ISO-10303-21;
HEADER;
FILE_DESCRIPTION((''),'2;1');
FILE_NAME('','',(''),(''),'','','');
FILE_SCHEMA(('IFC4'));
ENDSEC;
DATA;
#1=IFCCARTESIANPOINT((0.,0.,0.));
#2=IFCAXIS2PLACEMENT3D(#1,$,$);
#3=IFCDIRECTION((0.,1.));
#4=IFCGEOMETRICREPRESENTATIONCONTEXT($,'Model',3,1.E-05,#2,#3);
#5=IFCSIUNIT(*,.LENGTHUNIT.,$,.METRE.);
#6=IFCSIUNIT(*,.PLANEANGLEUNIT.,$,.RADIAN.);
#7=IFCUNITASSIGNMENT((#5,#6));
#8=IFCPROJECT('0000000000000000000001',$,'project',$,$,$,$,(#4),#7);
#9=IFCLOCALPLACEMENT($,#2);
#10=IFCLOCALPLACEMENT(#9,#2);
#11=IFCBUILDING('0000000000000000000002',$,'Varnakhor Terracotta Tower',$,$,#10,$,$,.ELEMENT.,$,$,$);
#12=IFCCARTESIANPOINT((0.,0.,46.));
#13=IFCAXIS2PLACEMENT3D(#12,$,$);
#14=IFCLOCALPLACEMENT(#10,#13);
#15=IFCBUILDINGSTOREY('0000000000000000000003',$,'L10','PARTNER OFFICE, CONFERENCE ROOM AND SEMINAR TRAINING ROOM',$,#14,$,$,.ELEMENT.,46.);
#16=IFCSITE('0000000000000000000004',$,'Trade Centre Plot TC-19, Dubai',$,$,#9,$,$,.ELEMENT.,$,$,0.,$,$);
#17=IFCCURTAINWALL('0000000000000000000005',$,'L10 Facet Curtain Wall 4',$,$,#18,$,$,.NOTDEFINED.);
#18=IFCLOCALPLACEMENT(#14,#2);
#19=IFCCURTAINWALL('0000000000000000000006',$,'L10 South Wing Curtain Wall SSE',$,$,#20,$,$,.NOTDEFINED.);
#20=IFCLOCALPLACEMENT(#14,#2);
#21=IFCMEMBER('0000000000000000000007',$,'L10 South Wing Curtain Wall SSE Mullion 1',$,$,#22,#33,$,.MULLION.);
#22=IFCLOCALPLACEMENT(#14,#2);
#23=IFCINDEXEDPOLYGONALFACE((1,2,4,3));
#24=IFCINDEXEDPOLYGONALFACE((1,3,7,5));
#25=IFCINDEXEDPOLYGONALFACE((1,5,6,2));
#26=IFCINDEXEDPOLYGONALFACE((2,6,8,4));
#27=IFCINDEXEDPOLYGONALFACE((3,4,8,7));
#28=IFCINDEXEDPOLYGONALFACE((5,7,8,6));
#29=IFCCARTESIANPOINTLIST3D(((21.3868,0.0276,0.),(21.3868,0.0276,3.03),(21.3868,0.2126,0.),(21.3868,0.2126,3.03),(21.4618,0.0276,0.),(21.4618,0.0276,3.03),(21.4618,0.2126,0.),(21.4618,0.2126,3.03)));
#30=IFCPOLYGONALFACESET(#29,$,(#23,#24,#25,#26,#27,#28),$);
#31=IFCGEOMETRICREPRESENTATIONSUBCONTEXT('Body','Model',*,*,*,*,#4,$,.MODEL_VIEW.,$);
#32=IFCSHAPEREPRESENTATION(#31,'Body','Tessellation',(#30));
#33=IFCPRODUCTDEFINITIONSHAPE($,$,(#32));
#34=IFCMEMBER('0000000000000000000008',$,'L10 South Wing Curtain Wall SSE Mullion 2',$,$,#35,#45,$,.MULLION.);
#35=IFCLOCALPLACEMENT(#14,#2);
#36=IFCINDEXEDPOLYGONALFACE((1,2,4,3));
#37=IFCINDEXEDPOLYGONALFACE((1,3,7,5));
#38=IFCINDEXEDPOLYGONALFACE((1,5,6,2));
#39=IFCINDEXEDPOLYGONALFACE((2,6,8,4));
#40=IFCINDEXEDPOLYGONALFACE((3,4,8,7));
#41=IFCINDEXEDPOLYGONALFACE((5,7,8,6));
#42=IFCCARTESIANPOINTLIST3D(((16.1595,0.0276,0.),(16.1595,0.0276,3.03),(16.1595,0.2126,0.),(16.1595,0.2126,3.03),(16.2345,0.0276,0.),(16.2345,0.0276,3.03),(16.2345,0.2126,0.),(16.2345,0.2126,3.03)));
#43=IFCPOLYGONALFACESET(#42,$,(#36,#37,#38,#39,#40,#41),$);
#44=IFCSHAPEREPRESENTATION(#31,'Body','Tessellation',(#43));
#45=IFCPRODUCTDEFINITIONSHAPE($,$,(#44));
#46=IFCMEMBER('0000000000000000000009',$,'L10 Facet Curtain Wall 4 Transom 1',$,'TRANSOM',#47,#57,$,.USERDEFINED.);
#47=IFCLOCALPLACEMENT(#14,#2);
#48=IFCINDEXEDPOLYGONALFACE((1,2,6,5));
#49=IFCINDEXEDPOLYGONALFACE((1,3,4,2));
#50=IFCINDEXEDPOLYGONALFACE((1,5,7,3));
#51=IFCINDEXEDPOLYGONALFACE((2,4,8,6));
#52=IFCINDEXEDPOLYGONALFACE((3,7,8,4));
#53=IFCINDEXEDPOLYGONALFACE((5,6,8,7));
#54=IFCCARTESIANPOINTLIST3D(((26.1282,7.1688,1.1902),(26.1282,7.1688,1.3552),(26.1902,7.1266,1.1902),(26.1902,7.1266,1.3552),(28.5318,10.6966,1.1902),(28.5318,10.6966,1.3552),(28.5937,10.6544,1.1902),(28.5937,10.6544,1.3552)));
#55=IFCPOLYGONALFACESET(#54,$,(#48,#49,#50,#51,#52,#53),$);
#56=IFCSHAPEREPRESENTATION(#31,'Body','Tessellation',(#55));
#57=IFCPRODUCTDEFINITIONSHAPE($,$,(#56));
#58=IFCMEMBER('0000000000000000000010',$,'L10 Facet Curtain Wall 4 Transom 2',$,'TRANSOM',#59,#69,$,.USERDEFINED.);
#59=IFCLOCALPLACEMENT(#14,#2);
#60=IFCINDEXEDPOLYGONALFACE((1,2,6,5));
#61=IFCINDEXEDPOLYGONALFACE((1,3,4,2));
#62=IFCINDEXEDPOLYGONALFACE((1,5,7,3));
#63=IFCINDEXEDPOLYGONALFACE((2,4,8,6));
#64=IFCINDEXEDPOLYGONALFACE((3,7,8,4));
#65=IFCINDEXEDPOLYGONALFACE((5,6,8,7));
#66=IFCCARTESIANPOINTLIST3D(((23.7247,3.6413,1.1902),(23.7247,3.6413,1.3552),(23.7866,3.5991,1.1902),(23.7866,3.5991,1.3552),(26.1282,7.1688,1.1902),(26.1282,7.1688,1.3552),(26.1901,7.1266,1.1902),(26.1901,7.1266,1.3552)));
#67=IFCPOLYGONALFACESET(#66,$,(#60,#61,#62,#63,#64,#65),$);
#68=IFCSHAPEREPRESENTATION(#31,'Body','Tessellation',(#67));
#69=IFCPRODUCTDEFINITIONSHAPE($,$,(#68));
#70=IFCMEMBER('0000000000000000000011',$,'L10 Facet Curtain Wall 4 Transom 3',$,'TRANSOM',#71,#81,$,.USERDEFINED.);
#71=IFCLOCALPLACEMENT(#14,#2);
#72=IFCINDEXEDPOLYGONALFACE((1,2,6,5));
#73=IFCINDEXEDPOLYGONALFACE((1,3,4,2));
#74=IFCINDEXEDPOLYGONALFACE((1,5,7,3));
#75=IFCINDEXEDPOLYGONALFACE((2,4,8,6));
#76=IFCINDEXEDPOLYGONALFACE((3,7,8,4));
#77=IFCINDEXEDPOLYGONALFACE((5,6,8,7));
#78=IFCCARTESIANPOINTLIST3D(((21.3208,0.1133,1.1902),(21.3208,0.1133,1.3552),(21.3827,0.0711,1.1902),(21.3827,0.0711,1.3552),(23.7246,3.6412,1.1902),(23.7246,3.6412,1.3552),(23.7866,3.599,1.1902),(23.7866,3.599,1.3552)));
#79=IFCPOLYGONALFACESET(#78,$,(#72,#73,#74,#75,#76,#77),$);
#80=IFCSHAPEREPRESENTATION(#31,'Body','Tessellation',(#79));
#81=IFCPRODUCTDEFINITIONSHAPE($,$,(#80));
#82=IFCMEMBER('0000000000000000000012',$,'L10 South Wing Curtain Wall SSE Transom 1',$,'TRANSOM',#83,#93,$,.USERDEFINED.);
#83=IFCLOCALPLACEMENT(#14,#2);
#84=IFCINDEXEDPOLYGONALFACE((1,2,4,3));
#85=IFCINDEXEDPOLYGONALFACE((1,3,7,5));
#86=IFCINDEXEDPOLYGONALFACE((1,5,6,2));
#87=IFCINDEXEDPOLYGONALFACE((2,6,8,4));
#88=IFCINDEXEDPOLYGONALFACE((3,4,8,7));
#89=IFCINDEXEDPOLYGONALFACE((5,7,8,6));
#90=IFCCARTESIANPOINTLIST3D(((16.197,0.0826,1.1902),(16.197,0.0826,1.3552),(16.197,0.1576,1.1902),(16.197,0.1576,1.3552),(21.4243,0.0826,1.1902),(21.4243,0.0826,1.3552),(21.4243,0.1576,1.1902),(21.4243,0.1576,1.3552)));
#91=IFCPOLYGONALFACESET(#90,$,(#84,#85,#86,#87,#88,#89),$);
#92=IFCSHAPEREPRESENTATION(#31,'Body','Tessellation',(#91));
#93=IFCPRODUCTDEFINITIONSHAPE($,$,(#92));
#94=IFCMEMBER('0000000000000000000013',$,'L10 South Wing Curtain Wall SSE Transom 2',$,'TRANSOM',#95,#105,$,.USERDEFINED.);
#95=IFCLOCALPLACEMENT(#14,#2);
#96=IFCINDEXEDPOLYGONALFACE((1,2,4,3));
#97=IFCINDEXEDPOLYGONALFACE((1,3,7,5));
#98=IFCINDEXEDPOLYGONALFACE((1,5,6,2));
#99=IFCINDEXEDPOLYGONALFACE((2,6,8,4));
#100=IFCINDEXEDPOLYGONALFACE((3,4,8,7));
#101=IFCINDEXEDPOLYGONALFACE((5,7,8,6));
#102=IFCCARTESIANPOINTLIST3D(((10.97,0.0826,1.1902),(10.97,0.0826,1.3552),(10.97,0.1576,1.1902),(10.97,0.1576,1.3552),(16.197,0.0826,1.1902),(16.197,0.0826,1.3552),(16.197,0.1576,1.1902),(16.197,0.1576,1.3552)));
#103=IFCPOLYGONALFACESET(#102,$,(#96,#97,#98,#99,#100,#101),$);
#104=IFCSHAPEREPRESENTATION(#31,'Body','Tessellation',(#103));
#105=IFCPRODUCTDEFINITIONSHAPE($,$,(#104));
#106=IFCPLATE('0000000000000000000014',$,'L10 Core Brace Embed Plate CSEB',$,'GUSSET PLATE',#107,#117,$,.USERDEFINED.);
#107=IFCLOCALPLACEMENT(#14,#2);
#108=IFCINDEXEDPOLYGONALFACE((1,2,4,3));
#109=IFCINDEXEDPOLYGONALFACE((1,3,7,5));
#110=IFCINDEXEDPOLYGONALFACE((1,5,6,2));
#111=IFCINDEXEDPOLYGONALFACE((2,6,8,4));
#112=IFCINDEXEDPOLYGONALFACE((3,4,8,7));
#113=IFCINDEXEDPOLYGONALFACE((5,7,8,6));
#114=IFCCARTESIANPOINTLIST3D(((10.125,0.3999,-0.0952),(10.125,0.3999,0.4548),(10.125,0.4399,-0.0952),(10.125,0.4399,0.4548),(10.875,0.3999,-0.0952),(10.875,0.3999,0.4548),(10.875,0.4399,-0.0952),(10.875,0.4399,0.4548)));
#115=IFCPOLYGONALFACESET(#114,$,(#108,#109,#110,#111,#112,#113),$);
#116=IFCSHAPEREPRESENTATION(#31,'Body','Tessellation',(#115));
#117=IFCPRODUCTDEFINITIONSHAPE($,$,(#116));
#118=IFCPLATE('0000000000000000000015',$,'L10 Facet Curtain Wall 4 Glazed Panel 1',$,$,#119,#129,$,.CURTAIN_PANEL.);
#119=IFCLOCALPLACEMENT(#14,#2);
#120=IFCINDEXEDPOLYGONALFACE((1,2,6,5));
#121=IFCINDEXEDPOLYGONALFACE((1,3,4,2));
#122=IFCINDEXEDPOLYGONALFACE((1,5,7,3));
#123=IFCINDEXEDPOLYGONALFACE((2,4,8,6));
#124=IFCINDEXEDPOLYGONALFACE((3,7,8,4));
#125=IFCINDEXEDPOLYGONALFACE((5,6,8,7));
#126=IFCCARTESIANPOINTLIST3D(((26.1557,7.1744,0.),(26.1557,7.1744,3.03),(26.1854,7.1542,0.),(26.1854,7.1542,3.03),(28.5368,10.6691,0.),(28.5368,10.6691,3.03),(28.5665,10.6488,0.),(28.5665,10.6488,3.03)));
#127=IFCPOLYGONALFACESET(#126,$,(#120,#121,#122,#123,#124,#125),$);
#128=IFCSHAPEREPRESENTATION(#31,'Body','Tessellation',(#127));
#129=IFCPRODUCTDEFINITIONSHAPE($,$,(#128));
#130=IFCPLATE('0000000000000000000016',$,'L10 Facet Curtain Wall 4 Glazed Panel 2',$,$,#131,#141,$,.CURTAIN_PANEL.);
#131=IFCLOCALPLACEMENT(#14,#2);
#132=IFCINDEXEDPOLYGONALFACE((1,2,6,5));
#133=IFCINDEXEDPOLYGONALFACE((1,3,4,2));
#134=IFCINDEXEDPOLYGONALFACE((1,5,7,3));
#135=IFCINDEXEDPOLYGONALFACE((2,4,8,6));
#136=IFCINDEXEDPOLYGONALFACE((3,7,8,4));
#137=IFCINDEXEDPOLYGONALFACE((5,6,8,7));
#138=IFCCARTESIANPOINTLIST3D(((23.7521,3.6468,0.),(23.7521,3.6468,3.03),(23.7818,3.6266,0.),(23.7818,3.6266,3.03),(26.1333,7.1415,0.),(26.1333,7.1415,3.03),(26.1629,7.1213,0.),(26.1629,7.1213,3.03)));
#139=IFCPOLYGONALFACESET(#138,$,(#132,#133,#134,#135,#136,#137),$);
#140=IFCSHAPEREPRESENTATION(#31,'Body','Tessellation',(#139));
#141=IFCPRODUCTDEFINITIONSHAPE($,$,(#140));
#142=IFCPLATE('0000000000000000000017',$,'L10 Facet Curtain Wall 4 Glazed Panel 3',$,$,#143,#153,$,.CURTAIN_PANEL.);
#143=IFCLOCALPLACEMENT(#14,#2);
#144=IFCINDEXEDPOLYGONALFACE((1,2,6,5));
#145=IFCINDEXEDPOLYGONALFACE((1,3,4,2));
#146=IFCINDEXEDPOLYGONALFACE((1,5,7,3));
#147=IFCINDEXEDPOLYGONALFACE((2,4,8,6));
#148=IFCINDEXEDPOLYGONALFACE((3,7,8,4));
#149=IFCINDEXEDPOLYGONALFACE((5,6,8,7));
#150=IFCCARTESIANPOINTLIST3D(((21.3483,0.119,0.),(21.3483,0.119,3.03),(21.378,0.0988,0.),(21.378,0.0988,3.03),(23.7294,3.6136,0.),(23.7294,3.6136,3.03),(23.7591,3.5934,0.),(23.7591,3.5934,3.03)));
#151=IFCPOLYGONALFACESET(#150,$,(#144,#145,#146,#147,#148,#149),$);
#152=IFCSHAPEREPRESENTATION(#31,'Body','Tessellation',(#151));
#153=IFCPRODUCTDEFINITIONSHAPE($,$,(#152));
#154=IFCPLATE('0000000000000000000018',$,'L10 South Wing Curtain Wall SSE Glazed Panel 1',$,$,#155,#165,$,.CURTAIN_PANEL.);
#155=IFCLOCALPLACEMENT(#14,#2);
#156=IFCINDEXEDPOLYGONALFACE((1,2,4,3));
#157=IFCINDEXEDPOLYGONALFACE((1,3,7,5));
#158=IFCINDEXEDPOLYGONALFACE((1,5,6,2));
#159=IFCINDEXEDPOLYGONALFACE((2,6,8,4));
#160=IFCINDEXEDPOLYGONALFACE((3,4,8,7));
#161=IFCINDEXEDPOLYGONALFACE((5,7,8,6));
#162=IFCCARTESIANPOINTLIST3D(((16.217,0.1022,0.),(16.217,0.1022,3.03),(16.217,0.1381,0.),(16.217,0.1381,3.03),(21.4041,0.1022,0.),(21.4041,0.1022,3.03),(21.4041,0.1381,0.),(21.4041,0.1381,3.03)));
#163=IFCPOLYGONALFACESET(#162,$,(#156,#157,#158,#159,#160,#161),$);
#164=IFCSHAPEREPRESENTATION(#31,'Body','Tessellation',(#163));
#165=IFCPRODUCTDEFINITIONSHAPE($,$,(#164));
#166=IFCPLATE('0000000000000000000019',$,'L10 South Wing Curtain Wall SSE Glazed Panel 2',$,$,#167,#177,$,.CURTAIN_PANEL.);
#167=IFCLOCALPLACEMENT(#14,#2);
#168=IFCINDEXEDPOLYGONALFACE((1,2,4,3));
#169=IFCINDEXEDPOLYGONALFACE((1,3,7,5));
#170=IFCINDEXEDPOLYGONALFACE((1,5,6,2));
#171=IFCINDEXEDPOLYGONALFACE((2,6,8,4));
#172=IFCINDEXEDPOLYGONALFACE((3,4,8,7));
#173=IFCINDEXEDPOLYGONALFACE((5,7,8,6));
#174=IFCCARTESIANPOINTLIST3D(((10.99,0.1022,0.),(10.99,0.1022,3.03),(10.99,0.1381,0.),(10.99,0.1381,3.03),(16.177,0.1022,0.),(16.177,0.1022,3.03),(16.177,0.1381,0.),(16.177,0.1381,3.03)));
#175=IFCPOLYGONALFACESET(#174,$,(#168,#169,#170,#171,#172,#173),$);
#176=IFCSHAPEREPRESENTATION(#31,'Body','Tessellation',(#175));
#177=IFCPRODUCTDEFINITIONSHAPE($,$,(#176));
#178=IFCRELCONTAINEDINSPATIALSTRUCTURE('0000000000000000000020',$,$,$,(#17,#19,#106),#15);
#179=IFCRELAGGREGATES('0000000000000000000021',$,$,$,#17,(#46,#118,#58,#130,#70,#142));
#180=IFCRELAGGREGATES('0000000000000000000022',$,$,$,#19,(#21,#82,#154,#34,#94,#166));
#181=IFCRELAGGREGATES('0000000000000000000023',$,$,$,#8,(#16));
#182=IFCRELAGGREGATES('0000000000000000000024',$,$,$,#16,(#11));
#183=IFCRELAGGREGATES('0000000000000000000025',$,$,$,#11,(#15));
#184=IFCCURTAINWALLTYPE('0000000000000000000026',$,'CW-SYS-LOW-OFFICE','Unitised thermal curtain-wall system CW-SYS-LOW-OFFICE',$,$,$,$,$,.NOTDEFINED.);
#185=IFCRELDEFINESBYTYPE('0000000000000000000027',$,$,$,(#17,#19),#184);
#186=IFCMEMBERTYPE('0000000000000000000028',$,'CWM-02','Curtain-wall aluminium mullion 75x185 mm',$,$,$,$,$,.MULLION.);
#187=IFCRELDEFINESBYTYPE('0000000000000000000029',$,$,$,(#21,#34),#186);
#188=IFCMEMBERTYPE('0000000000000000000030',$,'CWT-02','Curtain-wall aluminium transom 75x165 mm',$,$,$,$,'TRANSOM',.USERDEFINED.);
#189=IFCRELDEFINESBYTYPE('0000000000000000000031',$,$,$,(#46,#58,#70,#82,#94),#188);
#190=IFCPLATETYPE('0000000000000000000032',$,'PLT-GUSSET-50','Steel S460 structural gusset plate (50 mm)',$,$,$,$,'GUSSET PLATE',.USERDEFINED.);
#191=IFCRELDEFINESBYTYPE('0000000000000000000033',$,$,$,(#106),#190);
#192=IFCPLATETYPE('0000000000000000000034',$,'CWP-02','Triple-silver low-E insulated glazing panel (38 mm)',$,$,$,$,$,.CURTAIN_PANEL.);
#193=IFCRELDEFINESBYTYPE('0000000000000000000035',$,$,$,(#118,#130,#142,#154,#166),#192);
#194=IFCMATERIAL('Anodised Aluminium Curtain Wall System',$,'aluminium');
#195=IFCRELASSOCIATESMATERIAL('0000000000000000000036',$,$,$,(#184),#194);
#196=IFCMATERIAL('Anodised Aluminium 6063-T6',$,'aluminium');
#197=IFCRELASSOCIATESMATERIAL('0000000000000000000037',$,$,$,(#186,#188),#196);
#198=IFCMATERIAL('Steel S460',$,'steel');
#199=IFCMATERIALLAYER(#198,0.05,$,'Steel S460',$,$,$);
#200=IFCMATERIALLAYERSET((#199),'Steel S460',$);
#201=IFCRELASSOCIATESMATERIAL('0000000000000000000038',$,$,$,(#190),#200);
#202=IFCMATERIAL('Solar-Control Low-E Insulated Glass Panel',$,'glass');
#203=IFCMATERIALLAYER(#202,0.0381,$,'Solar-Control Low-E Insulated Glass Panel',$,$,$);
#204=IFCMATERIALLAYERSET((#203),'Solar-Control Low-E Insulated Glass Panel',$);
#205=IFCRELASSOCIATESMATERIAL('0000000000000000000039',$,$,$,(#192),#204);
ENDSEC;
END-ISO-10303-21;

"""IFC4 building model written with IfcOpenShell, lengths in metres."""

from ifc_helpers import new_model, si_unit, direction, frame, origin, origin_2d, place, context, subcontext, project, spatial, rectangle, extrude, source, transform, mapped, material, layer, layer_set, material_profile, profile_set, type_object, type_shapes, element, aggregate, save


model = new_model("IFC4")

# Units and contexts
model_context = context("Model", 3, precision=1e-05, world=origin(), true_north=direction((0.0, 1.0)))
body_context = subcontext(model_context, "Body", "Model", "MODEL_VIEW")
ifc_project = project(units=[si_unit("LENGTHUNIT", "METRE"), si_unit("PLANEANGLEUNIT", "RADIAN")], contexts=[model_context])

# Site, building, storey
site_placement = place(None, origin())
site = spatial("IfcSite", under=ifc_project, at=site_placement, Name="Trade Centre Plot TC-19, Dubai", CompositionType="ELEMENT", RefElevation=0.0)
building_placement = place(site_placement, origin())
building = spatial("IfcBuilding", under=site, at=building_placement, Name="Varnakhor Terracotta Tower", CompositionType="ELEMENT")
storey_placement = place(building_placement, frame((0.0, 0.0, 46.0)))
storey = spatial("IfcBuildingStorey", under=building, at=storey_placement, Name="L10", Description="PARTNER OFFICE, CONFERENCE ROOM AND SEMINAR TRAINING ROOM", CompositionType="ELEMENT", Elevation=46.0)

# Shared definitions
ifc_material_1 = material(Name="Steel S460", Category="steel")

# Curtain walls, members
ifc_material_2 = material(Name="Anodised Aluminium Curtain Wall System", Category="aluminium")
curtain_wall_type = type_object("IfcCurtainWallType", Name="CW-SYS-LOW-OFFICE", Description="Unitised thermal curtain-wall system CW-SYS-LOW-OFFICE", PredefinedType="NOTDEFINED", material=ifc_material_2)
curtain_wall_1_placement = place(storey_placement, origin())
curtain_wall_1 = element("IfcCurtainWall", 1, at=curtain_wall_1_placement, inside=storey, type_object=curtain_wall_type, Name="L10 Facet Curtain Wall 4", PredefinedType="NOTDEFINED")
ifc_material_3 = material(Name="Anodised Aluminium 6063-T6", Category="aluminium")
ifc_material_profile_1 = material_profile(ifc_material_3, rectangle(XDim=0.075, YDim=0.1851, at=origin_2d()), Name="ALU MULLION 75x185")
ifc_profile_set_1 = profile_set([ifc_material_profile_1], Name="Anodised Aluminium 6063-T6")
member_type_1 = type_object("IfcMemberType", Name="CWM-02", Description="Curtain-wall aluminium mullion 75x185 mm", PredefinedType="MULLION", material=ifc_profile_set_1)
shared_shape_1 = source(origin(), body_context, "Body", "SweptSolid", [
    extrude(rectangle(XDim=0.075, YDim=0.1851, at=origin_2d()), origin(), (0.0, 0.0, 1.0), 3.03),
])
type_shapes(member_type_1, [shared_shape_1])
curtain_wall_2_placement = place(storey_placement, origin())
curtain_wall_2 = element("IfcCurtainWall", 2, at=curtain_wall_2_placement, inside=storey, type_object=curtain_wall_type, Name="L10 South Wing Curtain Wall SSE", PredefinedType="NOTDEFINED")
member_1_placement = place(storey_placement, frame((21.4243, 0.1201, 0.0), z_axis=(0.0, 0.0, 1.0), x_axis=(1.0, 0.0, 0.0)))
member_1 = element("IfcMember", 3, at=member_1_placement, type_object=member_type_1, Name="L10 South Wing Curtain Wall SSE Mullion 1", PredefinedType="MULLION", context=body_context, shape_type="MappedRepresentation", body=[
    mapped(shared_shape_1, transform((0.0, 0.0, 0.0), scale=1.0)),
])
member_2_placement = place(storey_placement, frame((16.197, 0.1201, 0.0), z_axis=(0.0, 0.0, 1.0), x_axis=(1.0, 0.0, 0.0)))
member_2 = element("IfcMember", 4, at=member_2_placement, type_object=member_type_1, Name="L10 South Wing Curtain Wall SSE Mullion 2", PredefinedType="MULLION", context=body_context, shape_type="MappedRepresentation", body=[
    mapped(shared_shape_1, transform((0.0, 0.0, 0.0), scale=1.0)),
])

# Members
ifc_material_profile_2 = material_profile(ifc_material_3, rectangle(XDim=0.075, YDim=0.165, at=origin_2d()), Name="ALU TRANSOM 75x165")
ifc_profile_set_2 = profile_set([ifc_material_profile_2], Name="Anodised Aluminium 6063-T6")
member_type_2 = type_object("IfcMemberType", Name="CWT-02", Description="Curtain-wall aluminium transom 75x165 mm", ElementType="TRANSOM", PredefinedType="USERDEFINED", material=ifc_profile_set_2)
shared_shape_2 = source(origin(), body_context, "Body", "SweptSolid", [
    extrude(rectangle(XDim=0.075, YDim=0.165, at=origin_2d()), origin(), (0.0, 0.0, 1.0), 4.2688),
])
member_3_placement = place(storey_placement, frame((28.5627, 10.6755, 1.2727), z_axis=(-0.563053, -0.826421, 0.0), x_axis=(0.826421, -0.563053, 0.0)))
member_3 = element("IfcMember", 5, at=member_3_placement, type_object=member_type_2, Name="L10 Facet Curtain Wall 4 Transom 1", ObjectType="TRANSOM", PredefinedType="USERDEFINED", context=body_context, shape_type="MappedRepresentation", body=[
    mapped(shared_shape_2, transform((0.0, 0.0, 0.0), scale=1.0)),
])
shared_shape_3 = source(origin(), body_context, "Body", "SweptSolid", [
    extrude(rectangle(XDim=0.075, YDim=0.165, at=origin_2d()), origin(), (0.0, 0.0, 1.0), 4.2686),
])
member_4_placement = place(storey_placement, frame((26.1592, 7.1477, 1.2727), z_axis=(-0.563079, -0.826403, 0.0), x_axis=(0.826403, -0.563079, 0.0)))
member_4 = element("IfcMember", 6, at=member_4_placement, type_object=member_type_2, Name="L10 Facet Curtain Wall 4 Transom 2", ObjectType="TRANSOM", PredefinedType="USERDEFINED", context=body_context, shape_type="MappedRepresentation", body=[
    mapped(shared_shape_3, transform((0.0, 0.0, 0.0), scale=1.0)),
])
shared_shape_4 = source(origin(), body_context, "Body", "SweptSolid", [
    extrude(rectangle(XDim=0.075, YDim=0.165, at=origin_2d()), origin(), (0.0, 0.0, 1.0), 4.269),
])
member_5_placement = place(storey_placement, frame((23.7556, 3.6201, 1.2727), z_axis=(-0.563092, -0.826394, 0.0), x_axis=(0.826394, -0.563092, 0.0)))
member_5 = element("IfcMember", 7, at=member_5_placement, type_object=member_type_2, Name="L10 Facet Curtain Wall 4 Transom 3", ObjectType="TRANSOM", PredefinedType="USERDEFINED", context=body_context, shape_type="MappedRepresentation", body=[
    mapped(shared_shape_4, transform((0.0, 0.0, 0.0), scale=1.0)),
])
shared_shape_5 = source(origin(), body_context, "Body", "SweptSolid", [
    extrude(rectangle(XDim=0.075, YDim=0.165, at=origin_2d()), origin(), (0.0, 0.0, 1.0), 5.2273),
])
member_6_placement = place(storey_placement, frame((21.4243, 0.1201, 1.2727), z_axis=(-1.0, 0.0, 0.0), x_axis=(0.0, -1.0, 0.0)))
member_6 = element("IfcMember", 8, at=member_6_placement, type_object=member_type_2, Name="L10 South Wing Curtain Wall SSE Transom 1", ObjectType="TRANSOM", PredefinedType="USERDEFINED", context=body_context, shape_type="MappedRepresentation", body=[
    mapped(shared_shape_5, transform((0.0, 0.0, 0.0), scale=1.0)),
])
shared_shape_6 = source(origin(), body_context, "Body", "SweptSolid", [
    extrude(rectangle(XDim=0.075, YDim=0.165, at=origin_2d()), origin(), (0.0, 0.0, 1.0), 5.2271),
])
member_7_placement = place(storey_placement, frame((16.197, 0.1201, 1.2727), z_axis=(-1.0, 0.0, 0.0), x_axis=(0.0, -1.0, 0.0)))
member_7 = element("IfcMember", 9, at=member_7_placement, type_object=member_type_2, Name="L10 South Wing Curtain Wall SSE Transom 2", ObjectType="TRANSOM", PredefinedType="USERDEFINED", context=body_context, shape_type="MappedRepresentation", body=[
    mapped(shared_shape_6, transform((0.0, 0.0, 0.0), scale=1.0)),
])

# Plates
ifc_layer_1 = layer(ifc_material_1, 0.05, Name="Steel S460")
ifc_layer_set_1 = layer_set([ifc_layer_1], Name="Steel S460")
plate_type_1 = type_object("IfcPlateType", Name="PLT-GUSSET-50", Description="Steel S460 structural gusset plate (50 mm)", ElementType="GUSSET PLATE", PredefinedType="USERDEFINED", material=ifc_layer_set_1)
shared_shape_7 = source(origin(), body_context, "Body", "SweptSolid", [
    extrude(rectangle(XDim=0.75, YDim=0.04, at=origin_2d()), origin(), (0.0, 0.0, 1.0), 0.55),
])
type_shapes(plate_type_1, [shared_shape_7])
plate_1_placement = place(storey_placement, frame((10.5, 0.4199, -0.0952), z_axis=(0.0, 0.0, 1.0), x_axis=(1.0, 0.0, 0.0)))
element("IfcPlate", 10, at=plate_1_placement, inside=storey, type_object=plate_type_1, Name="L10 Core Brace Embed Plate CSEB", ObjectType="GUSSET PLATE", PredefinedType="USERDEFINED", context=body_context, shape_type="MappedRepresentation", body=[
    mapped(shared_shape_7, transform((0.0, 0.0, 0.0), scale=1.0)),
])
ifc_material_4 = material(Name="Solar-Control Low-E Insulated Glass Panel", Category="glass")
ifc_layer_2 = layer(ifc_material_4, 0.0381, Name="Solar-Control Low-E Insulated Glass Panel")
ifc_layer_set_2 = layer_set([ifc_layer_2], Name="Solar-Control Low-E Insulated Glass Panel")
plate_type_2 = type_object("IfcPlateType", Name="CWP-02", Description="Triple-silver low-E insulated glazing panel (38 mm)", PredefinedType="CURTAIN_PANEL", material=ifc_layer_set_2)
shared_shape_8 = source(origin(), body_context, "Body", "SweptSolid", [
    extrude(rectangle(XDim=4.2288, YDim=0.0359, at=origin_2d()), origin(), (0.0, 0.0, 1.0), 3.03),
])
plate_2_placement = place(storey_placement, frame((27.3611, 8.9116, 0.0), z_axis=(0.0, 0.0, 1.0), x_axis=(-0.563079, -0.826403, 0.0)))
plate_2 = element("IfcPlate", 11, at=plate_2_placement, type_object=plate_type_2, Name="L10 Facet Curtain Wall 4 Glazed Panel 1", PredefinedType="CURTAIN_PANEL", context=body_context, shape_type="MappedRepresentation", body=[
    mapped(shared_shape_8, transform((0.0, 0.0, 0.0), scale=1.0)),
])
plate_3_placement = place(storey_placement, frame((24.9575, 5.384, 0.0), z_axis=(0.0, 0.0, 1.0), x_axis=(-0.563079, -0.826403, 0.0)))
plate_3 = element("IfcPlate", 12, at=plate_3_placement, type_object=plate_type_2, Name="L10 Facet Curtain Wall 4 Glazed Panel 2", PredefinedType="CURTAIN_PANEL", context=body_context, shape_type="MappedRepresentation", body=[
    mapped(shared_shape_8, transform((0.0, 0.0, 0.0), scale=1.0)),
])
plate_4_placement = place(storey_placement, frame((22.5537, 1.8562, 0.0), z_axis=(0.0, 0.0, 1.0), x_axis=(-0.563079, -0.826403, 0.0)))
plate_4 = element("IfcPlate", 13, at=plate_4_placement, type_object=plate_type_2, Name="L10 Facet Curtain Wall 4 Glazed Panel 3", PredefinedType="CURTAIN_PANEL", context=body_context, shape_type="MappedRepresentation", body=[
    mapped(shared_shape_8, transform((0.0, 0.0, 0.0), scale=1.0)),
])
aggregate(curtain_wall_1, [member_3, plate_2, member_4, plate_3, member_5, plate_4])
shared_shape_9 = source(origin(), body_context, "Body", "SweptSolid", [
    extrude(rectangle(XDim=5.187, YDim=0.0359, at=origin_2d()), origin(), (0.0, 0.0, 1.0), 3.03),
])
plate_5_placement = place(storey_placement, frame((18.8105, 0.1201, 0.0), z_axis=(0.0, 0.0, 1.0), x_axis=(-1.0, 0.0, 0.0)))
plate_5 = element("IfcPlate", 14, at=plate_5_placement, type_object=plate_type_2, Name="L10 South Wing Curtain Wall SSE Glazed Panel 1", PredefinedType="CURTAIN_PANEL", context=body_context, shape_type="MappedRepresentation", body=[
    mapped(shared_shape_9, transform((0.0, 0.0, 0.0), scale=1.0)),
])
plate_6_placement = place(storey_placement, frame((13.5835, 0.1201, 0.0), z_axis=(0.0, 0.0, 1.0), x_axis=(-1.0, 0.0, 0.0)))
plate_6 = element("IfcPlate", 15, at=plate_6_placement, type_object=plate_type_2, Name="L10 South Wing Curtain Wall SSE Glazed Panel 2", PredefinedType="CURTAIN_PANEL", context=body_context, shape_type="MappedRepresentation", body=[
    mapped(shared_shape_9, transform((0.0, 0.0, 0.0), scale=1.0)),
])
aggregate(curtain_wall_2, [member_1, member_6, plate_5, member_2, member_7, plate_6])

save(model, "model.ifc")
